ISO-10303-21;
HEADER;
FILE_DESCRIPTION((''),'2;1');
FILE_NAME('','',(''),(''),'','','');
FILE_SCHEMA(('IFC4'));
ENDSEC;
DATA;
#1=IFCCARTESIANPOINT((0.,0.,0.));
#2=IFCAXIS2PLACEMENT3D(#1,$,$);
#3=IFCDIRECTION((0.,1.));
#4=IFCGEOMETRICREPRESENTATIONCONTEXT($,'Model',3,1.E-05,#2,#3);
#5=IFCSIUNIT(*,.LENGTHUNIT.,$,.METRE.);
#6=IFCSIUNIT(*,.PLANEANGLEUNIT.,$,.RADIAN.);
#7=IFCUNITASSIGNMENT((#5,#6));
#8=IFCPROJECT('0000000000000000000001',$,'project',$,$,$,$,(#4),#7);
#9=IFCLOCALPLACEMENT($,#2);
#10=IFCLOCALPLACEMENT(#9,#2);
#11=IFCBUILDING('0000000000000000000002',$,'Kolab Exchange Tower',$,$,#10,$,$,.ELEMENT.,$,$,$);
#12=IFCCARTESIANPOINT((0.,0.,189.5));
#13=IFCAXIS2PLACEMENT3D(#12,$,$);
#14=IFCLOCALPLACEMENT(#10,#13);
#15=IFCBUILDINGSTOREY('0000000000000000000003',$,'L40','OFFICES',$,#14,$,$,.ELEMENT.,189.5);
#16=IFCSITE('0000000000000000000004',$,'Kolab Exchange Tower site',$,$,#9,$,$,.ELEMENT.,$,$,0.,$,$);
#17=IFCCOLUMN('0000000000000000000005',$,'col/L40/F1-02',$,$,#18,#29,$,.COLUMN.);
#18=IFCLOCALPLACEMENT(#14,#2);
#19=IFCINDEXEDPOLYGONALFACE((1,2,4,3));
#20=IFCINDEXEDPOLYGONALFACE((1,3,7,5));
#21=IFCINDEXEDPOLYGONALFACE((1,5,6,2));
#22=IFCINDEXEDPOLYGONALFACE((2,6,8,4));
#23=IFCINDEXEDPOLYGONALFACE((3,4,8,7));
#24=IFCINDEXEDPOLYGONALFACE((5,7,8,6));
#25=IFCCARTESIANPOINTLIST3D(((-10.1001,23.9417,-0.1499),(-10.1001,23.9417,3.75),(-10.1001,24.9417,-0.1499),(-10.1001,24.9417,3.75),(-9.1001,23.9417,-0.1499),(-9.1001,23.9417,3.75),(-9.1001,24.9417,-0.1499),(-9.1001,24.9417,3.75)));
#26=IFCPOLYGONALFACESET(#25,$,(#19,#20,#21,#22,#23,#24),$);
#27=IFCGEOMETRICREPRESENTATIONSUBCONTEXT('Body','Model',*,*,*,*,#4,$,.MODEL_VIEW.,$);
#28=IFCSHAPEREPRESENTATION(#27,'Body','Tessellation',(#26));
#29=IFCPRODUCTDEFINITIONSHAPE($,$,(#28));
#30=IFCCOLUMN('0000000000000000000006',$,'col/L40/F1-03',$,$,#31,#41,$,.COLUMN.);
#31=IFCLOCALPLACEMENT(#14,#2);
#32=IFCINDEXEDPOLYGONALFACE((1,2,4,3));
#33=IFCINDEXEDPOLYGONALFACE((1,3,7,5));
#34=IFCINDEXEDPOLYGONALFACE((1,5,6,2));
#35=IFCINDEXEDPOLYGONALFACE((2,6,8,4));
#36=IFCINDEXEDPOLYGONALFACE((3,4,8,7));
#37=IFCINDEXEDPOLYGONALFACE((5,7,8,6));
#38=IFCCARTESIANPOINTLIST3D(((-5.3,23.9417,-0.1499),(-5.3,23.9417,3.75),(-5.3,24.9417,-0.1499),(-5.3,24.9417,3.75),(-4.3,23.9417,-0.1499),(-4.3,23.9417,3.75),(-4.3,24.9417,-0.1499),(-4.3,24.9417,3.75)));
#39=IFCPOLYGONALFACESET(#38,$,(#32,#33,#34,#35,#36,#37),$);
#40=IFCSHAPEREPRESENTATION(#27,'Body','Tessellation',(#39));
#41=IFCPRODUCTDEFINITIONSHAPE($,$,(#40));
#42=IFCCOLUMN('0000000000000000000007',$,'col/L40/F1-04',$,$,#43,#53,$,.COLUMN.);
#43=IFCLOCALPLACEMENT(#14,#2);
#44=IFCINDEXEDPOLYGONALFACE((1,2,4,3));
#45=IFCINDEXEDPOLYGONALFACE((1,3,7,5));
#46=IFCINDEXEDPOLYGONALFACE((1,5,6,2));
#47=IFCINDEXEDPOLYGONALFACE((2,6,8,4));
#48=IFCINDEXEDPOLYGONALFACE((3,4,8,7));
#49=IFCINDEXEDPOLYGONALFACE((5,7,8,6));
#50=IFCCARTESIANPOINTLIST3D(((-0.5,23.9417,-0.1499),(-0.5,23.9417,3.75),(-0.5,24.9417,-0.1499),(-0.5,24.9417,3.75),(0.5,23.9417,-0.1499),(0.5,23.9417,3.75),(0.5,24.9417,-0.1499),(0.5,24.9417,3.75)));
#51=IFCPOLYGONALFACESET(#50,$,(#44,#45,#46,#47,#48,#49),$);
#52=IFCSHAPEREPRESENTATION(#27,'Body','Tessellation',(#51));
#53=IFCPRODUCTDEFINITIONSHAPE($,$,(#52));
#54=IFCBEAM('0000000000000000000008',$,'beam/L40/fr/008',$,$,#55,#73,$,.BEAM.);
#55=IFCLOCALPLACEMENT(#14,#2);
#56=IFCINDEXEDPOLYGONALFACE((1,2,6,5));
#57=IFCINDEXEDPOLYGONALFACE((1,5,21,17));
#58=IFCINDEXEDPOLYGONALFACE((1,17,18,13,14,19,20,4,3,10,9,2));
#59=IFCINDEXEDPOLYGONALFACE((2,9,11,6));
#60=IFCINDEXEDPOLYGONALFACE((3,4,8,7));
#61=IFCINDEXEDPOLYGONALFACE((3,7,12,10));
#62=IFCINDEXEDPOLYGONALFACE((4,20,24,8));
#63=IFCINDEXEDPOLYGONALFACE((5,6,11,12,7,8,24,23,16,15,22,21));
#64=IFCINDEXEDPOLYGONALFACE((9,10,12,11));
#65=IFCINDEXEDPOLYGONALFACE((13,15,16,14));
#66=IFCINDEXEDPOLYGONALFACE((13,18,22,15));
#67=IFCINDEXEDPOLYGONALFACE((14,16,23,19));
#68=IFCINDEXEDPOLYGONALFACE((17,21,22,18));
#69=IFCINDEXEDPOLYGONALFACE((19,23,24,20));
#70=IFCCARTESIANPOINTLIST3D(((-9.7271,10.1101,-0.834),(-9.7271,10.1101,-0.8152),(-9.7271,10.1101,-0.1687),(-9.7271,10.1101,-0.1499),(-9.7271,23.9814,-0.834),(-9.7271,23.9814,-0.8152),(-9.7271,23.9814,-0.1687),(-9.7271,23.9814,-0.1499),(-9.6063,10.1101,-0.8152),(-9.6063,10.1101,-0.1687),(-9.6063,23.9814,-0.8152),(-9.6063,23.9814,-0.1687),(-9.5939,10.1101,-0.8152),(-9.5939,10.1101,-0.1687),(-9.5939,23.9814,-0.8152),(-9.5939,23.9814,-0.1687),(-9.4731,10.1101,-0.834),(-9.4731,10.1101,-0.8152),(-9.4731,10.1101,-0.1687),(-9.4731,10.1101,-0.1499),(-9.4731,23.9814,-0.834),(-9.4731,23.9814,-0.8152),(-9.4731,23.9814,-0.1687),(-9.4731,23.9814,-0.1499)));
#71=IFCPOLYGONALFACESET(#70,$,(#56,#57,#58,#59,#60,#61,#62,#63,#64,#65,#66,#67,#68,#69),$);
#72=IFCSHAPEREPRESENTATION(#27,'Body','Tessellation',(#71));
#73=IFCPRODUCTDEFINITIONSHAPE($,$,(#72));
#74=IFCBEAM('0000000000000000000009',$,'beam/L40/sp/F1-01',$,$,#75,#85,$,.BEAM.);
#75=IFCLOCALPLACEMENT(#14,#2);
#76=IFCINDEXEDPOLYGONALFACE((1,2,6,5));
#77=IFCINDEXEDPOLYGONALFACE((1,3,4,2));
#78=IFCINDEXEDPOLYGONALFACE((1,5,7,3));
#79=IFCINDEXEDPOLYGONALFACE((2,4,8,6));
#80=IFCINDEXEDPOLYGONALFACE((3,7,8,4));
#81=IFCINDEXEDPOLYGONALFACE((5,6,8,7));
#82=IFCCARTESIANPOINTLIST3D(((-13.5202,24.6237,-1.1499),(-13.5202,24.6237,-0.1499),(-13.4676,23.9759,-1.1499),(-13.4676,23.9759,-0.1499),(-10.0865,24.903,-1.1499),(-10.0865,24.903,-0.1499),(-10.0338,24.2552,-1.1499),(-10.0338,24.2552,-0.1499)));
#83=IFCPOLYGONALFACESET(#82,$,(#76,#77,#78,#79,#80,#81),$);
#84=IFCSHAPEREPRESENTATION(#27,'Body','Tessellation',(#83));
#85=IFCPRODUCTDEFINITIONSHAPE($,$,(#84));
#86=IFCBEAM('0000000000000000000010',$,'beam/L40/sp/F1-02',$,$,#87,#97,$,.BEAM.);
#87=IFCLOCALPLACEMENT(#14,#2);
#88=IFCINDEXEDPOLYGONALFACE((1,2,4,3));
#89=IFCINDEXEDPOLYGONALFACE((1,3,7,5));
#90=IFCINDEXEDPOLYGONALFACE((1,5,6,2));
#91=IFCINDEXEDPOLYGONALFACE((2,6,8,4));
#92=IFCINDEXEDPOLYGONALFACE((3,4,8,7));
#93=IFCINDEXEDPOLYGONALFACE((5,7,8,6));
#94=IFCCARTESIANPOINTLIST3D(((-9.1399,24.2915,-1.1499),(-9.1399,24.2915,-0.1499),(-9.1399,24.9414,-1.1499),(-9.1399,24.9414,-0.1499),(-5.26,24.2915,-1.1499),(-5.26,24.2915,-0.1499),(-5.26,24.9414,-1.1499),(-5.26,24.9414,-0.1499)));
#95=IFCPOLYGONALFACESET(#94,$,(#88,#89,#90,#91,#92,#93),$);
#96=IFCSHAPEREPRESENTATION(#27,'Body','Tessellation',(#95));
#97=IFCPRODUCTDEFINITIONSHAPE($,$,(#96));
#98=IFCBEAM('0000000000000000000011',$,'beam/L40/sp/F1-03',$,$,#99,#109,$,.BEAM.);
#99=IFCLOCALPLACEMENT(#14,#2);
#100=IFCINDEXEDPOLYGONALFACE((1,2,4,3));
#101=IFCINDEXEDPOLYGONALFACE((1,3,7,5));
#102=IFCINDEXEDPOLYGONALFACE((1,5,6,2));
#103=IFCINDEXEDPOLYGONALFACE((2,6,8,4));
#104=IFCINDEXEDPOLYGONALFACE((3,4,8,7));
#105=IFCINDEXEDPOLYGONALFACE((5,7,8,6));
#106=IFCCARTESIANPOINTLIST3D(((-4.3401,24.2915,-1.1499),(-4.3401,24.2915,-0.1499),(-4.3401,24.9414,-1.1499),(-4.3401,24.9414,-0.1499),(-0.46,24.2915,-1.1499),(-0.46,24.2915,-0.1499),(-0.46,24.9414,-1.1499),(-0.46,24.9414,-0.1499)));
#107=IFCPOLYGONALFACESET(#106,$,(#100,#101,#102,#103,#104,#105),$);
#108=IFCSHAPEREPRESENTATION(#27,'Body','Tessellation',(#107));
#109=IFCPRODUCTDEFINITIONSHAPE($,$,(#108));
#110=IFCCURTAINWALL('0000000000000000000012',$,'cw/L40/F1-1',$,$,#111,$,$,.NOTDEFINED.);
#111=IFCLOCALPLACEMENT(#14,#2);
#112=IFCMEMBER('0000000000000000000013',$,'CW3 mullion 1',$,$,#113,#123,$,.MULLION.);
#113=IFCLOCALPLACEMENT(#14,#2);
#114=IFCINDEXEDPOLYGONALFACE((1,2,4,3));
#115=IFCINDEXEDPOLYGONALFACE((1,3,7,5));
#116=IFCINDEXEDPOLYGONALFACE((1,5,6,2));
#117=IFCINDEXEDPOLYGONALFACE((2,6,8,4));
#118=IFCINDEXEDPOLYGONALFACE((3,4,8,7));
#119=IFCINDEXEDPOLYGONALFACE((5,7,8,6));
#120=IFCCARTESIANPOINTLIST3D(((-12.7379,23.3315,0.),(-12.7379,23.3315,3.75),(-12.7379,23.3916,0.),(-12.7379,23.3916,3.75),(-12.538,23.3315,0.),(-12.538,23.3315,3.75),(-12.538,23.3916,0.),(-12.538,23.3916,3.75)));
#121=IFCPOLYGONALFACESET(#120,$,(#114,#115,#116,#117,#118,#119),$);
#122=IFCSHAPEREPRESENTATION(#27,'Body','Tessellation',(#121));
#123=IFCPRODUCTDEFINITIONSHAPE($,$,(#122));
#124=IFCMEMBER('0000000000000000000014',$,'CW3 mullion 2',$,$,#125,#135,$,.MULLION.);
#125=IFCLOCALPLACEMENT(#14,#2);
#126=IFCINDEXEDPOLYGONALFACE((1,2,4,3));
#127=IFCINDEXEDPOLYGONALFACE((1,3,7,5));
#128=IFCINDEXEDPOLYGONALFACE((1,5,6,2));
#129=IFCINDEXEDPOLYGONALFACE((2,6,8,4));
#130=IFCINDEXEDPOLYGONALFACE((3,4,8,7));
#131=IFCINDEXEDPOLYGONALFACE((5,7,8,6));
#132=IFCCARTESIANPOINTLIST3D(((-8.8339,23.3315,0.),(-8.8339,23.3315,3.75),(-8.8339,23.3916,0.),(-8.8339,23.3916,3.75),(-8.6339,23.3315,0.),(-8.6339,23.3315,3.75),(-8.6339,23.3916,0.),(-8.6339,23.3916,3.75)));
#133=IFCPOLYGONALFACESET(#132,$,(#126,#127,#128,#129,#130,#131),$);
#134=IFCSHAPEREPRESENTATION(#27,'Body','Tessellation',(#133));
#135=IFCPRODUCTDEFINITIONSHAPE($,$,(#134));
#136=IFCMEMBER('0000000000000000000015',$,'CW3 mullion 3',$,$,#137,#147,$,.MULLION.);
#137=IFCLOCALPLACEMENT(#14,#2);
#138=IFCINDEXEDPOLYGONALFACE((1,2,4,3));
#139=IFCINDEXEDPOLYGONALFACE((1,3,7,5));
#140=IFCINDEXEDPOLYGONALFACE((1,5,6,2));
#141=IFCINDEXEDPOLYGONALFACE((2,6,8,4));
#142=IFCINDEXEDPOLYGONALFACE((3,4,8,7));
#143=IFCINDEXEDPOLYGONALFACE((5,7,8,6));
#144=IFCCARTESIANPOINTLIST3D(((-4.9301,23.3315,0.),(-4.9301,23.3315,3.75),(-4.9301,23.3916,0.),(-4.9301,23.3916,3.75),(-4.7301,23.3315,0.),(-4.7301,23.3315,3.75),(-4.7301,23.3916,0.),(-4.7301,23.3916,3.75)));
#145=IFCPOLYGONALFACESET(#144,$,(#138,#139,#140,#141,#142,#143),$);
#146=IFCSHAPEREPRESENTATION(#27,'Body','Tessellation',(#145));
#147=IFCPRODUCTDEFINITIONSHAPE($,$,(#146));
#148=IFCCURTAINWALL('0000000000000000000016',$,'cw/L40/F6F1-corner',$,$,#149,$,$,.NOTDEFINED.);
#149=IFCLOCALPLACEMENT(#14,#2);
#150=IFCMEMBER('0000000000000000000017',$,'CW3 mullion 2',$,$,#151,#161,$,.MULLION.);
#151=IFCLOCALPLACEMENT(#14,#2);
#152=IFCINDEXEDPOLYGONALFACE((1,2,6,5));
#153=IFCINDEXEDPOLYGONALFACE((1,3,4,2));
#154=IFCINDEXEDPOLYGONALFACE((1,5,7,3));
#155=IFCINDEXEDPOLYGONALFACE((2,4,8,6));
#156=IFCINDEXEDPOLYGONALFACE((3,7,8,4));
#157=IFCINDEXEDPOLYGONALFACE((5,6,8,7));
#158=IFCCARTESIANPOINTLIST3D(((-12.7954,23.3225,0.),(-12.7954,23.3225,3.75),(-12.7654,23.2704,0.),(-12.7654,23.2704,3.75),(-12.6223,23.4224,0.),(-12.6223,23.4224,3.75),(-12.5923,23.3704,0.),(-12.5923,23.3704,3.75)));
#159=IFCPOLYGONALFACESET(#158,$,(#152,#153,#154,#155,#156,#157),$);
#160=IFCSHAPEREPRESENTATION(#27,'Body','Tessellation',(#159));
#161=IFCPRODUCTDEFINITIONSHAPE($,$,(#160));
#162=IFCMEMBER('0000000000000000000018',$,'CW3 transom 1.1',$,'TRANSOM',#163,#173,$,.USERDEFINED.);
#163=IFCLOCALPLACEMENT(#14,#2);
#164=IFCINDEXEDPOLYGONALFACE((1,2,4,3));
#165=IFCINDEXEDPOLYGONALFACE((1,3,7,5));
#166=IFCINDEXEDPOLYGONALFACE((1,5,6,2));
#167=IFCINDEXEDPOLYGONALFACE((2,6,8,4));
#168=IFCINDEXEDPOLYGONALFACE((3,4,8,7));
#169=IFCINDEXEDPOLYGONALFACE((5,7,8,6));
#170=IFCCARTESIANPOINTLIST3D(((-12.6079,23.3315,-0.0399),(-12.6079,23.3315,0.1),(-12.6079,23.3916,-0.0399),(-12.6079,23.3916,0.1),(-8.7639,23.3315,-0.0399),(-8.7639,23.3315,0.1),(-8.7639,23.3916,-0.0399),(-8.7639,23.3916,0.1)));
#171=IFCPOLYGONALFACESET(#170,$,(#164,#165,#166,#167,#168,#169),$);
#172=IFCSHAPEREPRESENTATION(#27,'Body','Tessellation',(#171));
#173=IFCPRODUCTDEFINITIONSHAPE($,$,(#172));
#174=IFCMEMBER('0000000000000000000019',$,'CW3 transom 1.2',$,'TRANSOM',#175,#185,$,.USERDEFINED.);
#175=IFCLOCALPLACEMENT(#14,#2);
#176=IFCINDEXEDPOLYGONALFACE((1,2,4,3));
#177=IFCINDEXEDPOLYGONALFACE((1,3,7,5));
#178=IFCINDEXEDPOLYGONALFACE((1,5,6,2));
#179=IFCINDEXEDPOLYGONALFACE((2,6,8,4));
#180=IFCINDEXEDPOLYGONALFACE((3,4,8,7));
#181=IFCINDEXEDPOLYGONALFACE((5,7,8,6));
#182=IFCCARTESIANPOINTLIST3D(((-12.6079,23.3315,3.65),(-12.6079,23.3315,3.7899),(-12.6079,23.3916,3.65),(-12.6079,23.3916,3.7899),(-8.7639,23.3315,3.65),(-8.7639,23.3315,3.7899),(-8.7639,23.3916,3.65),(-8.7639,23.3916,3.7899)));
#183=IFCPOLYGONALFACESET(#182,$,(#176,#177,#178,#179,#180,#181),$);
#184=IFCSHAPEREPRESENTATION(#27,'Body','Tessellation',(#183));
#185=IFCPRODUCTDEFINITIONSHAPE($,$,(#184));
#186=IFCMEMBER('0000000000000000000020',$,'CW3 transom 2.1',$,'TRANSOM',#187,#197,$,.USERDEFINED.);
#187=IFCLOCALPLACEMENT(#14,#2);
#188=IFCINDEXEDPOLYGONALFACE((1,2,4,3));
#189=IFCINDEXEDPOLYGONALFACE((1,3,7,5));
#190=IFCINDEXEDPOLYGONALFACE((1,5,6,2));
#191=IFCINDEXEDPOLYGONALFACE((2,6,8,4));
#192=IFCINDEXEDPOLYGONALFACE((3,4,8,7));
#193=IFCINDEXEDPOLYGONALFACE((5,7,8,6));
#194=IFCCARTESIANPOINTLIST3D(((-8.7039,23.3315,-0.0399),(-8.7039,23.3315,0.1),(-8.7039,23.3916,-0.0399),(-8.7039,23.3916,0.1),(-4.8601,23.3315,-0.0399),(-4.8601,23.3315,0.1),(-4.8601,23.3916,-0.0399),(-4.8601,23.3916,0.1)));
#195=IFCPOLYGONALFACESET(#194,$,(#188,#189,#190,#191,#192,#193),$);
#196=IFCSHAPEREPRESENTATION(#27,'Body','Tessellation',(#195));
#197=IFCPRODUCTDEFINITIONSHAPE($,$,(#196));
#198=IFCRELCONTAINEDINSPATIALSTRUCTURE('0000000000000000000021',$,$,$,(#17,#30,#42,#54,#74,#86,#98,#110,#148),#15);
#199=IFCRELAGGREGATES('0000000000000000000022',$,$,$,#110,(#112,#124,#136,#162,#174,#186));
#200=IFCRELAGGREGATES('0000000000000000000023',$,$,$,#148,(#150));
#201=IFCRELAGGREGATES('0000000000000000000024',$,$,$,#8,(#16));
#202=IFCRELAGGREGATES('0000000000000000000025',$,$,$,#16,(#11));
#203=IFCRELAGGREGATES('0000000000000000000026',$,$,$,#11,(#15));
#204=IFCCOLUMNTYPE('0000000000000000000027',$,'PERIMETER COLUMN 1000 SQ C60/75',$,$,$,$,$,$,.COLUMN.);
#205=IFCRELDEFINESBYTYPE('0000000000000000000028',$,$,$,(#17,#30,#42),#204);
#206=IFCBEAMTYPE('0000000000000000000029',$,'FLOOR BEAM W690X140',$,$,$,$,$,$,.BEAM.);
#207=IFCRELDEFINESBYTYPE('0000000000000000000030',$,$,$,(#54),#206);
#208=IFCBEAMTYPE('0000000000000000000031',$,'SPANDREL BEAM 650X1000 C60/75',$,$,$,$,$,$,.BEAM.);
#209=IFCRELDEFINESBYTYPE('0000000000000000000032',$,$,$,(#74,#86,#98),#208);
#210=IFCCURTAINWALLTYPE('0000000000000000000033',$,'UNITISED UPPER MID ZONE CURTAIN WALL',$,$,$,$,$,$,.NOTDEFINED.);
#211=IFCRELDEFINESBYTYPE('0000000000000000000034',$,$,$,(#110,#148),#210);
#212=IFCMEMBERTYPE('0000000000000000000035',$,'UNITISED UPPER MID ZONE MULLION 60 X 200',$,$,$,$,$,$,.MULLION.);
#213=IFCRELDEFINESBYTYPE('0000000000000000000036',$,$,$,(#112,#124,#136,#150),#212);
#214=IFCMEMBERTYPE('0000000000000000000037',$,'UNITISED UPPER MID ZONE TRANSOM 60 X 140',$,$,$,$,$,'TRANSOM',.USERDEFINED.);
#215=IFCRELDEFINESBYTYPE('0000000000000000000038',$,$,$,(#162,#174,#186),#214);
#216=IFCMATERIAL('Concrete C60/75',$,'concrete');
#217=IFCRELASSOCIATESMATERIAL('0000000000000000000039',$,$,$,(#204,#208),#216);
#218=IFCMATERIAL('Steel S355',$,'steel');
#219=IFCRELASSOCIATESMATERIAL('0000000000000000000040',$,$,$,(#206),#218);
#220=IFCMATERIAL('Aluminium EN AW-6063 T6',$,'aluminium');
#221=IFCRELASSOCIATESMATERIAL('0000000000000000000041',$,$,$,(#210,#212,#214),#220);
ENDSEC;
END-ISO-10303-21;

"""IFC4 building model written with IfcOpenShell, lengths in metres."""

from ifc_helpers import new_model, si_unit, direction, frame, origin, origin_2d, place, context, subcontext, project, spatial, rectangle, i_section, extrude, material, material_profile, profile_set, type_object, element, aggregate, save


model = new_model("IFC4")

# Units and contexts
model_context = context("Model", 3, precision=1e-05, world=origin(), true_north=direction((0.0, 1.0)))
body_context = subcontext(model_context, "Body", "Model", "MODEL_VIEW")
ifc_project = project(units=[si_unit("LENGTHUNIT", "METRE"), si_unit("PLANEANGLEUNIT", "RADIAN")], contexts=[model_context])

# Site, building, storey
site_placement = place(None, origin())
site = spatial("IfcSite", under=ifc_project, at=site_placement, Name="Kolab Exchange Tower site", CompositionType="ELEMENT", RefElevation=0.0)
building_placement = place(site_placement, origin())
building = spatial("IfcBuilding", under=site, at=building_placement, Name="Kolab Exchange Tower", CompositionType="ELEMENT")
storey_placement = place(building_placement, frame((0.0, 0.0, 189.5)))
storey = spatial("IfcBuildingStorey", under=building, at=storey_placement, Name="L40", Description="OFFICES", CompositionType="ELEMENT", Elevation=189.5)

# Columns
ifc_material_1 = material(Name="Concrete C60/75", Category="concrete")
ifc_material_profile_1 = material_profile(ifc_material_1, rectangle(XDim=1.0, YDim=1.0, at=origin_2d()), Name="RC1000")
ifc_profile_set_1 = profile_set([ifc_material_profile_1], Name="Concrete C60/75")
column_type = type_object("IfcColumnType", Name="PERIMETER COLUMN 1000 SQ C60/75", PredefinedType="COLUMN", material=ifc_profile_set_1)
for number, where, z_axis, x_axis, name in (
    (1, (-9.6001, 24.4417, -0.1499), (0.0, 0.0, 1.0), (1.0, 0.0, 0.0), "col/L40/F1-02"),
    (2, (-4.8, 24.4417, -0.1499), (0.0, 0.0, 1.0), (1.0, 0.0, 0.0), "col/L40/F1-03"),
    (3, (0.0, 24.4417, -0.1499), (0.0, 0.0, 1.0), (1.0, 0.0, 0.0), "col/L40/F1-04"),
):
    element("IfcColumn", number, at=place(storey_placement, frame(where, z_axis=z_axis, x_axis=x_axis)), inside=storey, type_object=column_type, Name=name, PredefinedType="COLUMN", context=body_context, shape_type="SweptSolid", body=[
        extrude(rectangle(XDim=1.0, YDim=1.0, at=origin_2d()), origin(), (0.0, 0.0, 1.0), 3.8999),
    ])

# Beams
ifc_material_2 = material(Name="Steel S355", Category="steel")
ifc_material_profile_2 = material_profile(ifc_material_2, i_section(OverallWidth=0.2539, OverallDepth=0.6841, WebThickness=0.0125, FlangeThickness=0.0188, at=origin_2d()), Name="W690X140")
ifc_profile_set_2 = profile_set([ifc_material_profile_2], Name="Steel S355")
beam_type_1 = type_object("IfcBeamType", Name="FLOOR BEAM W690X140", PredefinedType="BEAM", material=ifc_profile_set_2)
beam_1_placement = place(storey_placement, frame((-9.6001, 10.1101, -0.4919), z_axis=(0.0, 1.0, 0.0), x_axis=(-1.0, 0.0, 0.0)))
element("IfcBeam", 4, at=beam_1_placement, inside=storey, type_object=beam_type_1, Name="beam/L40/fr/008", PredefinedType="BEAM", context=body_context, shape_type="SweptSolid", body=[
    extrude(i_section(OverallWidth=0.2539, OverallDepth=0.6841, WebThickness=0.0125, FlangeThickness=0.0188, at=origin_2d()), origin(), (0.0, 0.0, 1.0), 13.8713),
])
ifc_material_profile_3 = material_profile(ifc_material_1, rectangle(XDim=0.6499, YDim=1.0, at=origin_2d()), Name="RC650X1000")
ifc_profile_set_3 = profile_set([ifc_material_profile_3], Name="Concrete C60/75")
beam_type_2 = type_object("IfcBeamType", Name="SPANDREL BEAM 650X1000 C60/75", PredefinedType="BEAM", material=ifc_profile_set_3)
beam_2_placement = place(storey_placement, frame((-13.4939, 24.2998, -0.6499), z_axis=(0.996708, 0.081069, 0.0), x_axis=(-0.081069, 0.996708, 0.0)))
element("IfcBeam", 5, at=beam_2_placement, inside=storey, type_object=beam_type_2, Name="beam/L40/sp/F1-01", PredefinedType="BEAM", context=body_context, shape_type="SweptSolid", body=[
    extrude(rectangle(XDim=0.6499, YDim=1.0, at=origin_2d()), origin(), (0.0, 0.0, 1.0), 3.4451),
])
beam_3_placement = place(storey_placement, frame((-9.1399, 24.6165, -0.6499), z_axis=(1.0, 0.0, 0.0), x_axis=(0.0, 1.0, 0.0)))
element("IfcBeam", 6, at=beam_3_placement, inside=storey, type_object=beam_type_2, Name="beam/L40/sp/F1-02", PredefinedType="BEAM", context=body_context, shape_type="SweptSolid", body=[
    extrude(rectangle(XDim=0.6499, YDim=1.0, at=origin_2d()), origin(), (0.0, 0.0, 1.0), 3.8799),
])
beam_4_placement = place(storey_placement, frame((-4.3401, 24.6165, -0.6499), z_axis=(1.0, 0.0, 0.0), x_axis=(0.0, 1.0, 0.0)))
element("IfcBeam", 7, at=beam_4_placement, inside=storey, type_object=beam_type_2, Name="beam/L40/sp/F1-03", PredefinedType="BEAM", context=body_context, shape_type="SweptSolid", body=[
    extrude(rectangle(XDim=0.6499, YDim=1.0, at=origin_2d()), origin(), (0.0, 0.0, 1.0), 3.8801),
])

# Curtain wall, members
ifc_material_3 = material(Name="Aluminium EN AW-6063 T6", Category="aluminium")
curtain_wall_type = type_object("IfcCurtainWallType", Name="UNITISED UPPER MID ZONE CURTAIN WALL", PredefinedType="NOTDEFINED", material=ifc_material_3)
curtain_wall_1_placement = place(storey_placement, origin())
curtain_wall_1 = element("IfcCurtainWall", 8, at=curtain_wall_1_placement, inside=storey, type_object=curtain_wall_type, Name="cw/L40/F1-1", PredefinedType="NOTDEFINED")
ifc_material_profile_4 = material_profile(ifc_material_3, rectangle(XDim=0.0601, YDim=0.2, at=origin_2d()), Name="RECT 60X200")
ifc_profile_set_4 = profile_set([ifc_material_profile_4], Name="Aluminium EN AW-6063 T6")
member_type_1 = type_object("IfcMemberType", Name="UNITISED UPPER MID ZONE MULLION 60 X 200", PredefinedType="MULLION", material=ifc_profile_set_4)
member_1_placement = place(storey_placement, frame((-12.6379, 23.3616, 0.0), z_axis=(0.0, 0.0, 1.0), x_axis=(0.0, 1.0, 0.0)))
member_1 = element("IfcMember", 9, at=member_1_placement, type_object=member_type_1, Name="CW3 mullion 1", PredefinedType="MULLION", context=body_context, shape_type="SweptSolid", body=[
    extrude(rectangle(XDim=0.0601, YDim=0.2, at=origin_2d()), origin(), (0.0, 0.0, 1.0), 3.75),
])
member_2_placement = place(storey_placement, frame((-8.7339, 23.3616, 0.0), z_axis=(0.0, 0.0, 1.0), x_axis=(0.0, 1.0, 0.0)))
member_2 = element("IfcMember", 10, at=member_2_placement, type_object=member_type_1, Name="CW3 mullion 2", PredefinedType="MULLION", context=body_context, shape_type="SweptSolid", body=[
    extrude(rectangle(XDim=0.0601, YDim=0.2, at=origin_2d()), origin(), (0.0, 0.0, 1.0), 3.75),
])
member_3_placement = place(storey_placement, frame((-4.8301, 23.3616, 0.0), z_axis=(0.0, 0.0, 1.0), x_axis=(0.0, 1.0, 0.0)))
member_3 = element("IfcMember", 11, at=member_3_placement, type_object=member_type_1, Name="CW3 mullion 3", PredefinedType="MULLION", context=body_context, shape_type="SweptSolid", body=[
    extrude(rectangle(XDim=0.0601, YDim=0.2, at=origin_2d()), origin(), (0.0, 0.0, 1.0), 3.75),
])

# Curtain wall, member
curtain_wall_2_placement = place(storey_placement, origin())
curtain_wall_2 = element("IfcCurtainWall", 12, at=curtain_wall_2_placement, inside=storey, type_object=curtain_wall_type, Name="cw/L40/F6F1-corner", PredefinedType="NOTDEFINED")
member_4_placement = place(storey_placement, frame((-12.6938, 23.3464, 0.0), z_axis=(0.0, 0.0, 1.0), x_axis=(-0.5, 0.866025, 0.0)))
member_4 = element("IfcMember", 13, at=member_4_placement, type_object=member_type_1, Name="CW3 mullion 2", PredefinedType="MULLION", context=body_context, shape_type="SweptSolid", body=[
    extrude(rectangle(XDim=0.0601, YDim=0.2, at=origin_2d()), origin(), (0.0, 0.0, 1.0), 3.75),
])

# Members
ifc_material_profile_5 = material_profile(ifc_material_3, rectangle(XDim=0.0601, YDim=0.1399, at=origin_2d()), Name="RECT 60X140")
ifc_profile_set_5 = profile_set([ifc_material_profile_5], Name="Aluminium EN AW-6063 T6")
member_type_2 = type_object("IfcMemberType", Name="UNITISED UPPER MID ZONE TRANSOM 60 X 140", ElementType="TRANSOM", PredefinedType="USERDEFINED", material=ifc_profile_set_5)
member_5_placement = place(storey_placement, frame((-12.6079, 23.3616, 0.03), z_axis=(1.0, 0.0, 0.0), x_axis=(0.0, 1.0, 0.0)))
member_5 = element("IfcMember", 14, at=member_5_placement, type_object=member_type_2, Name="CW3 transom 1.1", ObjectType="TRANSOM", PredefinedType="USERDEFINED", context=body_context, shape_type="SweptSolid", body=[
    extrude(rectangle(XDim=0.0601, YDim=0.1399, at=origin_2d()), origin(), (0.0, 0.0, 1.0), 3.844),
])
member_6_placement = place(storey_placement, frame((-12.6079, 23.3616, 3.72), z_axis=(1.0, 0.0, 0.0), x_axis=(0.0, 1.0, 0.0)))
member_6 = element("IfcMember", 15, at=member_6_placement, type_object=member_type_2, Name="CW3 transom 1.2", ObjectType="TRANSOM", PredefinedType="USERDEFINED", context=body_context, shape_type="SweptSolid", body=[
    extrude(rectangle(XDim=0.0601, YDim=0.1399, at=origin_2d()), origin(), (0.0, 0.0, 1.0), 3.844),
])
member_7_placement = place(storey_placement, frame((-8.7039, 23.3616, 0.03), z_axis=(1.0, 0.0, 0.0), x_axis=(0.0, 1.0, 0.0)))
member_7 = element("IfcMember", 16, at=member_7_placement, type_object=member_type_2, Name="CW3 transom 2.1", ObjectType="TRANSOM", PredefinedType="USERDEFINED", context=body_context, shape_type="SweptSolid", body=[
    extrude(rectangle(XDim=0.0601, YDim=0.1399, at=origin_2d()), origin(), (0.0, 0.0, 1.0), 3.8438),
])

aggregate(curtain_wall_1, [member_1, member_2, member_3, member_5, member_6, member_7])
aggregate(curtain_wall_2, [member_4])

save(model, "model.ifc")
